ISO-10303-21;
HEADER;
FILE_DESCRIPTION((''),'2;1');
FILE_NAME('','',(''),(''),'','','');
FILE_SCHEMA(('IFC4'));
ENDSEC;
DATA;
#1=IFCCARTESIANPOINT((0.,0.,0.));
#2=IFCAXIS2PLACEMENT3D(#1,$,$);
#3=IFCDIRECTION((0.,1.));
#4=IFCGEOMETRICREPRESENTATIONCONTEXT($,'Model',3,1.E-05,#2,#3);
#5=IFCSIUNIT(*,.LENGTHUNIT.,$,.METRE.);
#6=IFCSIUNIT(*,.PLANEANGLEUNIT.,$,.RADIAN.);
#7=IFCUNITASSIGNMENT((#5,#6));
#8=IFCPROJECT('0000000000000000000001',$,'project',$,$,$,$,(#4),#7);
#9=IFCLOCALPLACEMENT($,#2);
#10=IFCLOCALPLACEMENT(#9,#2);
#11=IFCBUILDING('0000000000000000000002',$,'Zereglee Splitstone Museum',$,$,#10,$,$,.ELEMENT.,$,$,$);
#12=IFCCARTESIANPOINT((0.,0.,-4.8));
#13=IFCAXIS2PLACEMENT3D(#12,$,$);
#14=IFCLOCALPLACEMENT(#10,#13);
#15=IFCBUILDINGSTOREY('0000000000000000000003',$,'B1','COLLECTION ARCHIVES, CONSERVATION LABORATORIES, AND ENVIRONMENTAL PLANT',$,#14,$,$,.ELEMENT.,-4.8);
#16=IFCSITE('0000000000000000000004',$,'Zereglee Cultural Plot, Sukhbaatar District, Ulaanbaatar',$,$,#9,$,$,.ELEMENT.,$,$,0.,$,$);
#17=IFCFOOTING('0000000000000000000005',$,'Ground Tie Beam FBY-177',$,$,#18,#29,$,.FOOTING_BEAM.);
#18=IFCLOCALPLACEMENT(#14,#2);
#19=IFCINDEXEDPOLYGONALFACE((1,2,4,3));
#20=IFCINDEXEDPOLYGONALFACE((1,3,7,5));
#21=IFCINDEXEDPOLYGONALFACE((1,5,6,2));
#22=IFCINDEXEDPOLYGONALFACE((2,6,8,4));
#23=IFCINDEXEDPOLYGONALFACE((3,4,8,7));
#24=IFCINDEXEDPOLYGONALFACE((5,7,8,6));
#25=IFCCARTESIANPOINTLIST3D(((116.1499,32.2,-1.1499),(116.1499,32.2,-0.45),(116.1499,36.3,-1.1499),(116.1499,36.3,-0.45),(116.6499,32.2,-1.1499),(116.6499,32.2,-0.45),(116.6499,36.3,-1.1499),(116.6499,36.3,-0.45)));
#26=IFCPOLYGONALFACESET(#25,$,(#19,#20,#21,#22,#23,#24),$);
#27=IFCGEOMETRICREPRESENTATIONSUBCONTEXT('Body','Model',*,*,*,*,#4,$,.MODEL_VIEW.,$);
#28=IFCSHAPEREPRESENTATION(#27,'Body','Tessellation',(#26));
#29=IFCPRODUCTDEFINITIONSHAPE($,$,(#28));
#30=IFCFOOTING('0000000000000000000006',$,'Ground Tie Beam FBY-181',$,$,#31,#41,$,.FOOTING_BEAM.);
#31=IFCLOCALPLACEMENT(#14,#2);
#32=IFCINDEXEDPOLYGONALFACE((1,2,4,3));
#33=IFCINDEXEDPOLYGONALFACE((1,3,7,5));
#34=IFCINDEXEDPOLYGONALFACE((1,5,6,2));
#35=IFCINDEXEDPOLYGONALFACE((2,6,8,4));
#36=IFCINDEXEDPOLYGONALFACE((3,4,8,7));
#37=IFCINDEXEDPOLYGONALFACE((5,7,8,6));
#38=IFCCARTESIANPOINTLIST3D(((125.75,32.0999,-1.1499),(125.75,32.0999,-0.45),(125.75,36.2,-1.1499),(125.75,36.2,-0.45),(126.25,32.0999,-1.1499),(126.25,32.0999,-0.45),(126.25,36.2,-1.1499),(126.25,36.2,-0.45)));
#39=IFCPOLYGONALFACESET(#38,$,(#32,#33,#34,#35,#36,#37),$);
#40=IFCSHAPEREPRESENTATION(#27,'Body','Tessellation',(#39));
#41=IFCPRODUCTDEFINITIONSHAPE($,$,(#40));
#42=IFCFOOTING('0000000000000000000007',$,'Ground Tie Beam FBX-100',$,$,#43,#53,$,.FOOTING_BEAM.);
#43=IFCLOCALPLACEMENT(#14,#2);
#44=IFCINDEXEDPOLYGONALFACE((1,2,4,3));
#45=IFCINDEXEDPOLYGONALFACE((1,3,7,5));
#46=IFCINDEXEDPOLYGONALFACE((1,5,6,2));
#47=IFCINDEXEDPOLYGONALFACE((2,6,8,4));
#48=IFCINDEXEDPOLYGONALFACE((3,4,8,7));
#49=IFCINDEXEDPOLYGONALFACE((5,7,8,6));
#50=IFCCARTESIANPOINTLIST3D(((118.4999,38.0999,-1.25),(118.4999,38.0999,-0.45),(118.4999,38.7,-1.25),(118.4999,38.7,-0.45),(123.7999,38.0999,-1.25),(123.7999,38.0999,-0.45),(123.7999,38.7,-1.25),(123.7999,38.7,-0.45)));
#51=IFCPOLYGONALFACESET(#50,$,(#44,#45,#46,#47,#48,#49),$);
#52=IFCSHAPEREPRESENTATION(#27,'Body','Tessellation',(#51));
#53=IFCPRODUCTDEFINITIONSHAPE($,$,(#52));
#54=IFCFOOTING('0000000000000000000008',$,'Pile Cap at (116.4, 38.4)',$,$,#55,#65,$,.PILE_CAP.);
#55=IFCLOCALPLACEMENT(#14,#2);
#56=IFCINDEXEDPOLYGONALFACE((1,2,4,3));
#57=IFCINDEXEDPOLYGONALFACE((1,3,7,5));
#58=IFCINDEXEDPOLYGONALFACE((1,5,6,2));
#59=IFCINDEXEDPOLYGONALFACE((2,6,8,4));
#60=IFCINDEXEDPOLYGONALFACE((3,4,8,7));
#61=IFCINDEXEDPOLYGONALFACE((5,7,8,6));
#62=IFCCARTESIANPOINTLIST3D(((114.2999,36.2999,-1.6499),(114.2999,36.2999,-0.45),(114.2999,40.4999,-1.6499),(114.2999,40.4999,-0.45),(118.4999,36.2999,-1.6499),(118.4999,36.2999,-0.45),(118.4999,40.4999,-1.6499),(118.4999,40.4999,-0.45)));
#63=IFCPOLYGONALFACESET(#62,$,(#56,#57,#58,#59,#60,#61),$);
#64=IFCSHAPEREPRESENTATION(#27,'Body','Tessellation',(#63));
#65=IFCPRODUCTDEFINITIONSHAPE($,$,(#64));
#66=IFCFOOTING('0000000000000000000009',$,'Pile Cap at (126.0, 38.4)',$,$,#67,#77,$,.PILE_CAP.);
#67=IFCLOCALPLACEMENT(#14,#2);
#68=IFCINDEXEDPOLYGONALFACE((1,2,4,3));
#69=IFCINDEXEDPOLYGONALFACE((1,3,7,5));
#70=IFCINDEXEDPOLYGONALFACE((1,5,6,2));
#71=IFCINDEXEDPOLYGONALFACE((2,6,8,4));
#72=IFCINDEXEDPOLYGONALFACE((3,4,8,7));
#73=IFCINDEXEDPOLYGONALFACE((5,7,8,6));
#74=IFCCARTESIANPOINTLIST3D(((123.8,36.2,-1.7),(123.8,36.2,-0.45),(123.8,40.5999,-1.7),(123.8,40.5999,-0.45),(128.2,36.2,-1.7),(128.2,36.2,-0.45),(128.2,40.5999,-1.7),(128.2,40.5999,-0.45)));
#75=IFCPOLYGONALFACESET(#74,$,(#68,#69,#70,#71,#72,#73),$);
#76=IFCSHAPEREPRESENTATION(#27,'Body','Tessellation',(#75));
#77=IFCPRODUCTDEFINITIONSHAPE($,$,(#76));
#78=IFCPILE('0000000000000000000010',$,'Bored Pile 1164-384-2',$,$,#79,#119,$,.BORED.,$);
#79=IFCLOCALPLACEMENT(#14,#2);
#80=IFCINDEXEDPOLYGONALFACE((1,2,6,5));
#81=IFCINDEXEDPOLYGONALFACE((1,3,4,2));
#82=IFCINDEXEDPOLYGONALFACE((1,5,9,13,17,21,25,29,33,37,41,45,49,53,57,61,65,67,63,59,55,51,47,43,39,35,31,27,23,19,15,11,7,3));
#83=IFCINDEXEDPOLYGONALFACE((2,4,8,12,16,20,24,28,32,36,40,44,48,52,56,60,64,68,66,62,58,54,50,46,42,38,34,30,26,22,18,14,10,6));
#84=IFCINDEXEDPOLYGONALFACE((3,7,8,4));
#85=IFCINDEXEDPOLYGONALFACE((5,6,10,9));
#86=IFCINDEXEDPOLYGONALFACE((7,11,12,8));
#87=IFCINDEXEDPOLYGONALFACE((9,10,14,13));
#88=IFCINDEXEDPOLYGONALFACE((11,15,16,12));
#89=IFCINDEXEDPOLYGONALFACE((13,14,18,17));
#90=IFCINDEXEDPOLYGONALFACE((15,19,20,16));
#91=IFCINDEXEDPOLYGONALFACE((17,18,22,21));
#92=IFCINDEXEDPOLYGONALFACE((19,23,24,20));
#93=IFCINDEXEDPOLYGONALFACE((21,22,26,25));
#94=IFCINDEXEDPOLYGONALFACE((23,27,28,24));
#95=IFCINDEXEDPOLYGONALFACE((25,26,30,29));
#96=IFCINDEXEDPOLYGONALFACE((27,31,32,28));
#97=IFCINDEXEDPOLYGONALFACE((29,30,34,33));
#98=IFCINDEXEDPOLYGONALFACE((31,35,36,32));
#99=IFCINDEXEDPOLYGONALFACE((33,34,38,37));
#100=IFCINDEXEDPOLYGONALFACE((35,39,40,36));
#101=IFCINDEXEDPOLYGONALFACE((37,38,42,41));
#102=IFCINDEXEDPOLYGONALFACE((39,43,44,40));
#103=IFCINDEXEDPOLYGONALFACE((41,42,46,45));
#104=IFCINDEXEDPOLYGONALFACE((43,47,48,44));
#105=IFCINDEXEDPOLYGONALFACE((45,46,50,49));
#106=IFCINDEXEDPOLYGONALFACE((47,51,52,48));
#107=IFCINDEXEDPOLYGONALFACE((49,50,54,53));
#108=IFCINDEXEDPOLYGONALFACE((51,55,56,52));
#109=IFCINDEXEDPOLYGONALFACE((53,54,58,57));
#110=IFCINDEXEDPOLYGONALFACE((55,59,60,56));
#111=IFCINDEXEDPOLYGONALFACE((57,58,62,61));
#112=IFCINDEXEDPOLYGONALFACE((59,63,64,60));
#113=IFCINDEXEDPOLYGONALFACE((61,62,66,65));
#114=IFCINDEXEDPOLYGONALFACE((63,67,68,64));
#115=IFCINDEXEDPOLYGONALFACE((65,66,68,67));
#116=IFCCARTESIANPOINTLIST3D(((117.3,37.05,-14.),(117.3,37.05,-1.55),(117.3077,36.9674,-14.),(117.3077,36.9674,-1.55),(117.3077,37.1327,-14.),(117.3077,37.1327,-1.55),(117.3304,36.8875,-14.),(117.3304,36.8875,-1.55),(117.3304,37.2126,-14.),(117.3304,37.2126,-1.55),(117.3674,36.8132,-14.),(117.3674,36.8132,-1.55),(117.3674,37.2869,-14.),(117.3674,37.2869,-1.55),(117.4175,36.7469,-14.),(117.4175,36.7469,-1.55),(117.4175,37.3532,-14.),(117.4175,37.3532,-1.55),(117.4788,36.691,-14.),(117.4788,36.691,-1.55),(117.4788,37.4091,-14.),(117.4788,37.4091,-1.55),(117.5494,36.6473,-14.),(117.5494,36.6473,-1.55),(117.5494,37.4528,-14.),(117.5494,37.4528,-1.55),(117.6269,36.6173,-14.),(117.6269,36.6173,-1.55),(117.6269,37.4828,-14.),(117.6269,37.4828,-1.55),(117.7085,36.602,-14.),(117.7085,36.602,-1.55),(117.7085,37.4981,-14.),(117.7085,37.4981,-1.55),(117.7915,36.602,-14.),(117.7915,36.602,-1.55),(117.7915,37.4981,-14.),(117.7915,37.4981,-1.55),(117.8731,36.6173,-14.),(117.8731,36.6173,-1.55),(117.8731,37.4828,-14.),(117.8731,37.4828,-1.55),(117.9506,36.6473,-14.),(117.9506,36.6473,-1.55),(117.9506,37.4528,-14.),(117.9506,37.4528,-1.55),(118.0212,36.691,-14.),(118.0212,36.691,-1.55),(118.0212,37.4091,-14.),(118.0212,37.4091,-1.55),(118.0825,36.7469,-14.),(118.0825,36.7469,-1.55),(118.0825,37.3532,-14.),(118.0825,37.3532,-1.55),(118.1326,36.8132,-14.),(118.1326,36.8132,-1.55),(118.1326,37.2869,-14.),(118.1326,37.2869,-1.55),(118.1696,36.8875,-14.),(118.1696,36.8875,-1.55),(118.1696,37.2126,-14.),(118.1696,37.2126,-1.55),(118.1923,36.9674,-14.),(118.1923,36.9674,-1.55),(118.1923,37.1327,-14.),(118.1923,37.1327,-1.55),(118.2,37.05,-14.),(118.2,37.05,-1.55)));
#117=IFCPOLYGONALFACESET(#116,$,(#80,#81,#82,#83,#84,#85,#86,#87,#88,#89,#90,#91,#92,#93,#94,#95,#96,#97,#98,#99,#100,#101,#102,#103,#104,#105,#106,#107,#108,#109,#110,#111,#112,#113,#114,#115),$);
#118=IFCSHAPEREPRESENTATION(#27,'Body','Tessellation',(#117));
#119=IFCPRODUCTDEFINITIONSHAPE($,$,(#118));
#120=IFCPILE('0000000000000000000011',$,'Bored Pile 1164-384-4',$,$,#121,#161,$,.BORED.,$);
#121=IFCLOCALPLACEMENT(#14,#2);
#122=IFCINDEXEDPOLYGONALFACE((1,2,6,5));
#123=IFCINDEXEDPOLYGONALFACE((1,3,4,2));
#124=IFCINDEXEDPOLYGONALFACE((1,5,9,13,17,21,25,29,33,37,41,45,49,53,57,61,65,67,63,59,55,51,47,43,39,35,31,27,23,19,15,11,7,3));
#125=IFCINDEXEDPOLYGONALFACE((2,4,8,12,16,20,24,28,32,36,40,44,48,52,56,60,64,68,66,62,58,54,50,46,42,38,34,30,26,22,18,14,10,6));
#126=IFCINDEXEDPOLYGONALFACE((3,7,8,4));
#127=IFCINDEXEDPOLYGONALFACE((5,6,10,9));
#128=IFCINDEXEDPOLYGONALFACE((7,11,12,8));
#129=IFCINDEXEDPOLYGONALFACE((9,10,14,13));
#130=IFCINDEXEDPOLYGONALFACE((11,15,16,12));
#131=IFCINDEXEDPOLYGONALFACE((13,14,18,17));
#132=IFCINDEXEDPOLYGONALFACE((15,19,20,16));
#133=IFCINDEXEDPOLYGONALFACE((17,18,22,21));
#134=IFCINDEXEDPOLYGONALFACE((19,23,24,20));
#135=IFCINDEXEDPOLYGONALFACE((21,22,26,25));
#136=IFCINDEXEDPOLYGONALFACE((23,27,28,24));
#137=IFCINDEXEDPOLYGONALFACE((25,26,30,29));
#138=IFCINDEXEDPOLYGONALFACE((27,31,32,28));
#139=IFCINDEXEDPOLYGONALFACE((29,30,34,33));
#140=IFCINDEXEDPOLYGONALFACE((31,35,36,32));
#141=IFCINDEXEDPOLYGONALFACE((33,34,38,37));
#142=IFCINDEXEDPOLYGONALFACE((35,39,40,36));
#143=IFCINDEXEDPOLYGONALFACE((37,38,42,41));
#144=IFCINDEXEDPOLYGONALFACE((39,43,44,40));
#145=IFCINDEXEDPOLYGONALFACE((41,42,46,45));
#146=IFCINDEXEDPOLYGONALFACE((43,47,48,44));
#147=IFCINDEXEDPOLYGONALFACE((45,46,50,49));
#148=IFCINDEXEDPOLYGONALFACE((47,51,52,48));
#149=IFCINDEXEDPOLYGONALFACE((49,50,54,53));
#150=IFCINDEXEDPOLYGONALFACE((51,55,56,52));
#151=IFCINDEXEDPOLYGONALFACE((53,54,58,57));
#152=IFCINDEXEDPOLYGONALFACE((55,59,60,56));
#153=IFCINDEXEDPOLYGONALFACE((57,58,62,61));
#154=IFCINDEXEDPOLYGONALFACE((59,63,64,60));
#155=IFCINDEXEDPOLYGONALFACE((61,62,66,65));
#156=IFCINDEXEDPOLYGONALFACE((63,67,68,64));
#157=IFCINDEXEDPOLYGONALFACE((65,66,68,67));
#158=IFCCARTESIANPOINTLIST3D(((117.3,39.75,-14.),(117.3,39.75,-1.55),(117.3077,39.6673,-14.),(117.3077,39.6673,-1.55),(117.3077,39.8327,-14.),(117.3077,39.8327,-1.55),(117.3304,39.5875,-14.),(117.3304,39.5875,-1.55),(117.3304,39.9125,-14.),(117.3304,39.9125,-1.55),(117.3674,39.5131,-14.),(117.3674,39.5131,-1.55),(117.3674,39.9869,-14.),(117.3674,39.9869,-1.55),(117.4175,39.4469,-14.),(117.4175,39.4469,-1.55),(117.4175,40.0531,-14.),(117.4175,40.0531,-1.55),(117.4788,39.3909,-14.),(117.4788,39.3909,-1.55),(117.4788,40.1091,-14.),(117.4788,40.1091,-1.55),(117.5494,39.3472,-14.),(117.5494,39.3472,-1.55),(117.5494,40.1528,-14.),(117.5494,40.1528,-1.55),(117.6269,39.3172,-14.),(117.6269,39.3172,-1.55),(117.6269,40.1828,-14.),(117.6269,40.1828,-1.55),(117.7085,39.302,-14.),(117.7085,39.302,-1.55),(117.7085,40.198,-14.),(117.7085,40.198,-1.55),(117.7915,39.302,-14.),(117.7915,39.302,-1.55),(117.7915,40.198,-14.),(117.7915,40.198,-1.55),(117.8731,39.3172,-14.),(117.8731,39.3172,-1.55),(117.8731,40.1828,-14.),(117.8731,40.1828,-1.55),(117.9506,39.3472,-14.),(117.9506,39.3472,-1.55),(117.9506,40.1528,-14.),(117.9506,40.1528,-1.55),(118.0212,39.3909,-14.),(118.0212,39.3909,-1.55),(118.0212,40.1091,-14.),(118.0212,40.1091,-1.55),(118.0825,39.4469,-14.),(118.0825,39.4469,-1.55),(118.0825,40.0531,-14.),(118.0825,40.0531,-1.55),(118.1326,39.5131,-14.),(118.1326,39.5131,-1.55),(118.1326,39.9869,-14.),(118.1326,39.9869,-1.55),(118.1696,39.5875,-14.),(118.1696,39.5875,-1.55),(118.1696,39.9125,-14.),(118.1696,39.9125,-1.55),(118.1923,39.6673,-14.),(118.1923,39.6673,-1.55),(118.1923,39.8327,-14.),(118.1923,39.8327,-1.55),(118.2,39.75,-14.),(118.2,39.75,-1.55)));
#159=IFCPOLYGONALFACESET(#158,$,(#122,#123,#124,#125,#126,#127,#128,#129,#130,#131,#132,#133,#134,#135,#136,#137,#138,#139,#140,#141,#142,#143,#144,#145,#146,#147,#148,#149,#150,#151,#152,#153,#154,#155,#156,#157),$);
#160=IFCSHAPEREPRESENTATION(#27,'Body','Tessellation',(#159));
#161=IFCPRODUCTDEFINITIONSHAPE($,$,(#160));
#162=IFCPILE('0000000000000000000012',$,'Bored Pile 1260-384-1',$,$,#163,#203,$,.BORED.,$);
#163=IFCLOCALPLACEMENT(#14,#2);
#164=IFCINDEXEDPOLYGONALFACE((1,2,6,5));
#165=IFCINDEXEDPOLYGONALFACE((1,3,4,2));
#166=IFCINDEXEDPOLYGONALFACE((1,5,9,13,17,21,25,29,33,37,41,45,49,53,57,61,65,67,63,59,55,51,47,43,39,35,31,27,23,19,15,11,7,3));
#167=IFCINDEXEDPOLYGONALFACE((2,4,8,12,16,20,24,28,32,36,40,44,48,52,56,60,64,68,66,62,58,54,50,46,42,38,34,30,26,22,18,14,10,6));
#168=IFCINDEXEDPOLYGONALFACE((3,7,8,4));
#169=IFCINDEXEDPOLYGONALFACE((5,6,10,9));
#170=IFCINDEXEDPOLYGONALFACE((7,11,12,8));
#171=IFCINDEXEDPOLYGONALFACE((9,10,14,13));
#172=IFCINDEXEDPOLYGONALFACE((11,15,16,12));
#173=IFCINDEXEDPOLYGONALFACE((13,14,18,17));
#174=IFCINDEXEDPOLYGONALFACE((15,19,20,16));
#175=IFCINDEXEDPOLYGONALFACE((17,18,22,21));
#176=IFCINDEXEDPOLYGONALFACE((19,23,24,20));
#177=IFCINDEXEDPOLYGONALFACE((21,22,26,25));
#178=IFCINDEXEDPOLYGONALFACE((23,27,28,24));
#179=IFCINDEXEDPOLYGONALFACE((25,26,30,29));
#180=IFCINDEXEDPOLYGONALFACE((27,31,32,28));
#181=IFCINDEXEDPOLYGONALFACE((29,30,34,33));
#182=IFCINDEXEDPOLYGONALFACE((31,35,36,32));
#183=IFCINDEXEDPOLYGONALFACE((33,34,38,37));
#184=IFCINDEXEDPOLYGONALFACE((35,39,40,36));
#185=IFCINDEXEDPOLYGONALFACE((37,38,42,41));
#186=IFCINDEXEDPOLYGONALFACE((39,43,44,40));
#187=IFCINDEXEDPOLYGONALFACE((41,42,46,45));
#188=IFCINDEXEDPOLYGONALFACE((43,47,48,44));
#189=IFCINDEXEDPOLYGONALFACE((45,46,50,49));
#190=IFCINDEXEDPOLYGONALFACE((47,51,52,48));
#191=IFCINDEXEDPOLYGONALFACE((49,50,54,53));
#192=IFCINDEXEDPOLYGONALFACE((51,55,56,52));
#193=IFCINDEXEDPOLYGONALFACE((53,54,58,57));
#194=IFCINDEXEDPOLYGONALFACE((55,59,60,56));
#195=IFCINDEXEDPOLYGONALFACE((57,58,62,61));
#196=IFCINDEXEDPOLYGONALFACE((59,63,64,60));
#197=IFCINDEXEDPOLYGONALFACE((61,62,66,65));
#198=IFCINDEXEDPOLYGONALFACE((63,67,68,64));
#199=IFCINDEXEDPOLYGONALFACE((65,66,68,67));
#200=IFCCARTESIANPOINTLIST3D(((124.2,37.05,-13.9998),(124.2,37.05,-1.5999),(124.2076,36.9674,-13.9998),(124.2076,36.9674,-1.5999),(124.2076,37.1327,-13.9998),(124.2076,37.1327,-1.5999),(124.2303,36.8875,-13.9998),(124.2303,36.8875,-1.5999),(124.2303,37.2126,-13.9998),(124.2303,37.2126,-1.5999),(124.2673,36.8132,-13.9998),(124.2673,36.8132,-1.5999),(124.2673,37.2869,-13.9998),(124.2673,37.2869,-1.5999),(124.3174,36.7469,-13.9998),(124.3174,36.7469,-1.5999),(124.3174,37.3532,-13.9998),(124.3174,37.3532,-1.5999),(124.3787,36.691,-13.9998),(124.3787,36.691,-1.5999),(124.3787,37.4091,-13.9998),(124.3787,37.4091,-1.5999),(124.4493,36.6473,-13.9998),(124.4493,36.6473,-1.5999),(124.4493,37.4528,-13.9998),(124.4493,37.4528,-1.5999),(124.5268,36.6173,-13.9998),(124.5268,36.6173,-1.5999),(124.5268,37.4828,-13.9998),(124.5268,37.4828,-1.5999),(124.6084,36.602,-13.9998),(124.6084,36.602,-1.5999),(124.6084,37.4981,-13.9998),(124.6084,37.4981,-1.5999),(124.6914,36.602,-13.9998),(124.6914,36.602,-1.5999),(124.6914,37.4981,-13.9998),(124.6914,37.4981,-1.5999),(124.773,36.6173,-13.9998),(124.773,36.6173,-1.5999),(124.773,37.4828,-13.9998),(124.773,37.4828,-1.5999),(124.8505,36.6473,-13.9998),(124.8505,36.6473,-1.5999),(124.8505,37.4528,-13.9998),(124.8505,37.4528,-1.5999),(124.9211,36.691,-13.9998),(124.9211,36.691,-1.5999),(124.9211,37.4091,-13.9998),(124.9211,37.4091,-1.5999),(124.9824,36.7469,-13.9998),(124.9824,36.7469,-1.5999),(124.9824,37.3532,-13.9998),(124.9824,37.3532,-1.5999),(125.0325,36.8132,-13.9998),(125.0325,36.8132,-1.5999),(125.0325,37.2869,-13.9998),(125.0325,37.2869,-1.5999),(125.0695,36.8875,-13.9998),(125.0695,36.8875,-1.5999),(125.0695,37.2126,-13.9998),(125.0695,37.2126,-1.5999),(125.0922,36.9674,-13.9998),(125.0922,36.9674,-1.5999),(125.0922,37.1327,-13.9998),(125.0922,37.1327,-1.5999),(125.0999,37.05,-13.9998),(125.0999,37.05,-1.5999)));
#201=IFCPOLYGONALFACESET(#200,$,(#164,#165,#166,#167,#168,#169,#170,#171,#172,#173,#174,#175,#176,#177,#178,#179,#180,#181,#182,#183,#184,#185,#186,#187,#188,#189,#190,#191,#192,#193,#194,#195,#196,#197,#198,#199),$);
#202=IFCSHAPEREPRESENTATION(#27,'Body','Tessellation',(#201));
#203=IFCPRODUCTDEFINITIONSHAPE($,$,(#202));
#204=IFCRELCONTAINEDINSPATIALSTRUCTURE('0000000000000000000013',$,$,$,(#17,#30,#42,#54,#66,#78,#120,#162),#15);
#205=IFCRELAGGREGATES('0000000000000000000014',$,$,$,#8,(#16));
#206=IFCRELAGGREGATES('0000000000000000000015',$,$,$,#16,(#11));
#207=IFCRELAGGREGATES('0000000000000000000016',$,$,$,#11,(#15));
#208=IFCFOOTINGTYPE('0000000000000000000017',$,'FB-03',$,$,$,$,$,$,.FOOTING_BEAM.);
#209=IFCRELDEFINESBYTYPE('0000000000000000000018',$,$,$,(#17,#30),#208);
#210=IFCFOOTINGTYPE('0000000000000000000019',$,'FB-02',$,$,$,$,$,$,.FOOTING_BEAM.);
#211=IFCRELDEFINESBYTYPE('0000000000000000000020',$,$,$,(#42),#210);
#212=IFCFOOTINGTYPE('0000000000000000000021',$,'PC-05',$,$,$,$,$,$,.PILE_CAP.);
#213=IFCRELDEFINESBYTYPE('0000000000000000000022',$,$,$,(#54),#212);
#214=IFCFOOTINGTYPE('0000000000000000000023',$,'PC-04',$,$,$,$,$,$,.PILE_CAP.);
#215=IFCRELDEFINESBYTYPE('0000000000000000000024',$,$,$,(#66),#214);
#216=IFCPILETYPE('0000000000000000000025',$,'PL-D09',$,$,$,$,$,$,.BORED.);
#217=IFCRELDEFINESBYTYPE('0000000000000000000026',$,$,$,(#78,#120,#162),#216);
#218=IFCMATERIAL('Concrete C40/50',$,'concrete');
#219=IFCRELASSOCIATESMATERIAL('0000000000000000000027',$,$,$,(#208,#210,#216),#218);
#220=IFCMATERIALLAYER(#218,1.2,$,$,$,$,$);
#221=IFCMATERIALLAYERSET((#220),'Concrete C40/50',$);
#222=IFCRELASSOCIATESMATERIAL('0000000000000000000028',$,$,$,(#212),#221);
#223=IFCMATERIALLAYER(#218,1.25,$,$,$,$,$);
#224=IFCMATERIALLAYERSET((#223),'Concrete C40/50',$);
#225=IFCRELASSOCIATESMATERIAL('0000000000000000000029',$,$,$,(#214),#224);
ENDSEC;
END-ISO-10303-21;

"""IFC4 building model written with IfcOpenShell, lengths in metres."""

from ifc_helpers import new_model, si_unit, direction, frame, origin, origin_2d, place, context, subcontext, project, spatial, rectangle, circle, extrude, material, layer, layer_set, material_profile, profile_set, type_object, element, save


model = new_model("IFC4")

# Units and contexts
model_context = context("Model", 3, precision=1e-05, world=origin(), true_north=direction((0.0, 1.0)))
body_context = subcontext(model_context, "Body", "Model", "MODEL_VIEW")
ifc_project = project(units=[si_unit("LENGTHUNIT", "METRE"), si_unit("PLANEANGLEUNIT", "RADIAN")], contexts=[model_context])

# Site, building, storey
site_placement = place(None, origin())
site = spatial("IfcSite", under=ifc_project, at=site_placement, Name="Zereglee Cultural Plot, Sukhbaatar District, Ulaanbaatar", CompositionType="ELEMENT", RefElevation=0.0)
building_placement = place(site_placement, origin())
building = spatial("IfcBuilding", under=site, at=building_placement, Name="Zereglee Splitstone Museum", CompositionType="ELEMENT")
storey_placement = place(building_placement, frame((0.0, 0.0, -4.8)))
storey = spatial("IfcBuildingStorey", under=building, at=storey_placement, Name="B1", Description="COLLECTION ARCHIVES, CONSERVATION LABORATORIES, AND ENVIRONMENTAL PLANT", CompositionType="ELEMENT", Elevation=-4.8)

# Footings
ifc_material_1 = material(Name="Concrete C40/50", Category="concrete")
footing_type_1 = type_object("IfcFootingType", Name="FB-03", PredefinedType="FOOTING_BEAM", material=ifc_material_1)
for number, where, z_axis, x_axis, name in (
    (1, (116.3999, 34.25, -1.1499), (0.0, 0.0, 1.0), (0.0, 1.0, 0.0), "Ground Tie Beam FBY-177"),
    (2, (126.0, 34.1499, -1.1499), (0.0, 0.0, 1.0), (0.0, 1.0, 0.0), "Ground Tie Beam FBY-181"),
):
    element("IfcFooting", number, at=place(storey_placement, frame(where, z_axis=z_axis, x_axis=x_axis)), inside=storey, type_object=footing_type_1, Name=name, PredefinedType="FOOTING_BEAM", context=body_context, shape_type="SweptSolid", body=[
        extrude(rectangle(XDim=4.1001, YDim=0.5, at=origin_2d()), origin(), (0.0, 0.0, 1.0), 0.7),
    ])
footing_type_2 = type_object("IfcFootingType", Name="FB-02", PredefinedType="FOOTING_BEAM", material=ifc_material_1)
footing_1_placement = place(storey_placement, frame((121.1499, 38.3999, -1.25), z_axis=(0.0, 0.0, 1.0), x_axis=(1.0, 0.0, 0.0)))
element("IfcFooting", 3, at=footing_1_placement, inside=storey, type_object=footing_type_2, Name="Ground Tie Beam FBX-100", PredefinedType="FOOTING_BEAM", context=body_context, shape_type="SweptSolid", body=[
    extrude(rectangle(XDim=5.3, YDim=0.6001, at=origin_2d()), origin(), (0.0, 0.0, 1.0), 0.8),
])
ifc_layer_1 = layer(ifc_material_1, 1.2)
ifc_layer_set_1 = layer_set([ifc_layer_1], Name="Concrete C40/50")
footing_type_3 = type_object("IfcFootingType", Name="PC-05", PredefinedType="PILE_CAP", material=ifc_layer_set_1)
footing_2_placement = place(storey_placement, frame((116.3999, 38.3999, -1.6499), z_axis=(0.0, 0.0, 1.0), x_axis=(1.0, 0.0, 0.0)))
element("IfcFooting", 4, at=footing_2_placement, inside=storey, type_object=footing_type_3, Name="Pile Cap at (116.4, 38.4)", PredefinedType="PILE_CAP", context=body_context, shape_type="SweptSolid", body=[
    extrude(rectangle(XDim=4.2, YDim=4.2, at=origin_2d()), origin(), (0.0, 0.0, 1.0), 1.2),
])
ifc_layer_2 = layer(ifc_material_1, 1.25)
ifc_layer_set_2 = layer_set([ifc_layer_2], Name="Concrete C40/50")
footing_type_4 = type_object("IfcFootingType", Name="PC-04", PredefinedType="PILE_CAP", material=ifc_layer_set_2)
footing_3_placement = place(storey_placement, frame((126.0, 38.3999, -1.7), z_axis=(0.0, 0.0, 1.0), x_axis=(1.0, 0.0, 0.0)))
element("IfcFooting", 5, at=footing_3_placement, inside=storey, type_object=footing_type_4, Name="Pile Cap at (126.0, 38.4)", PredefinedType="PILE_CAP", context=body_context, shape_type="SweptSolid", body=[
    extrude(rectangle(XDim=4.3999, YDim=4.3999, at=origin_2d()), origin(), (0.0, 0.0, 1.0), 1.25),
])

# Piles
ifc_material_profile_1 = material_profile(ifc_material_1, circle(Radius=0.45, at=origin_2d()), Name="PILE D900")
ifc_profile_set_1 = profile_set([ifc_material_profile_1], Name="Concrete C40/50")
pile_type = type_object("IfcPileType", Name="PL-D09", PredefinedType="BORED", material=ifc_profile_set_1)
for number, where, z_axis, x_axis, name in (
    (6, (117.75, 37.05, -1.55), (0.0, 0.0, -1.0), (1.0, 0.0, 0.0), "Bored Pile 1164-384-2"),
    (7, (117.75, 39.75, -1.55), (0.0, 0.0, -1.0), (1.0, 0.0, 0.0), "Bored Pile 1164-384-4"),
):
    element("IfcPile", number, at=place(storey_placement, frame(where, z_axis=z_axis, x_axis=x_axis)), inside=storey, type_object=pile_type, Name=name, PredefinedType="BORED", context=body_context, shape_type="SweptSolid", body=[
        extrude(circle(Radius=0.45, at=origin_2d()), origin(), (0.0, 0.0, 1.0), 12.45),
    ])
for number, where, z_axis, x_axis, name in (
    (8, (124.6499, 37.05, -1.5999), (0.0, 0.0, -1.0), (1.0, 0.0, 0.0), "Bored Pile 1260-384-1"),
):
    element("IfcPile", number, at=place(storey_placement, frame(where, z_axis=z_axis, x_axis=x_axis)), inside=storey, type_object=pile_type, Name=name, PredefinedType="BORED", context=body_context, shape_type="SweptSolid", body=[
        extrude(circle(Radius=0.45, at=origin_2d()), origin(), (0.0, 0.0, 1.0), 12.3999),
    ])

save(model, "model.ifc")
